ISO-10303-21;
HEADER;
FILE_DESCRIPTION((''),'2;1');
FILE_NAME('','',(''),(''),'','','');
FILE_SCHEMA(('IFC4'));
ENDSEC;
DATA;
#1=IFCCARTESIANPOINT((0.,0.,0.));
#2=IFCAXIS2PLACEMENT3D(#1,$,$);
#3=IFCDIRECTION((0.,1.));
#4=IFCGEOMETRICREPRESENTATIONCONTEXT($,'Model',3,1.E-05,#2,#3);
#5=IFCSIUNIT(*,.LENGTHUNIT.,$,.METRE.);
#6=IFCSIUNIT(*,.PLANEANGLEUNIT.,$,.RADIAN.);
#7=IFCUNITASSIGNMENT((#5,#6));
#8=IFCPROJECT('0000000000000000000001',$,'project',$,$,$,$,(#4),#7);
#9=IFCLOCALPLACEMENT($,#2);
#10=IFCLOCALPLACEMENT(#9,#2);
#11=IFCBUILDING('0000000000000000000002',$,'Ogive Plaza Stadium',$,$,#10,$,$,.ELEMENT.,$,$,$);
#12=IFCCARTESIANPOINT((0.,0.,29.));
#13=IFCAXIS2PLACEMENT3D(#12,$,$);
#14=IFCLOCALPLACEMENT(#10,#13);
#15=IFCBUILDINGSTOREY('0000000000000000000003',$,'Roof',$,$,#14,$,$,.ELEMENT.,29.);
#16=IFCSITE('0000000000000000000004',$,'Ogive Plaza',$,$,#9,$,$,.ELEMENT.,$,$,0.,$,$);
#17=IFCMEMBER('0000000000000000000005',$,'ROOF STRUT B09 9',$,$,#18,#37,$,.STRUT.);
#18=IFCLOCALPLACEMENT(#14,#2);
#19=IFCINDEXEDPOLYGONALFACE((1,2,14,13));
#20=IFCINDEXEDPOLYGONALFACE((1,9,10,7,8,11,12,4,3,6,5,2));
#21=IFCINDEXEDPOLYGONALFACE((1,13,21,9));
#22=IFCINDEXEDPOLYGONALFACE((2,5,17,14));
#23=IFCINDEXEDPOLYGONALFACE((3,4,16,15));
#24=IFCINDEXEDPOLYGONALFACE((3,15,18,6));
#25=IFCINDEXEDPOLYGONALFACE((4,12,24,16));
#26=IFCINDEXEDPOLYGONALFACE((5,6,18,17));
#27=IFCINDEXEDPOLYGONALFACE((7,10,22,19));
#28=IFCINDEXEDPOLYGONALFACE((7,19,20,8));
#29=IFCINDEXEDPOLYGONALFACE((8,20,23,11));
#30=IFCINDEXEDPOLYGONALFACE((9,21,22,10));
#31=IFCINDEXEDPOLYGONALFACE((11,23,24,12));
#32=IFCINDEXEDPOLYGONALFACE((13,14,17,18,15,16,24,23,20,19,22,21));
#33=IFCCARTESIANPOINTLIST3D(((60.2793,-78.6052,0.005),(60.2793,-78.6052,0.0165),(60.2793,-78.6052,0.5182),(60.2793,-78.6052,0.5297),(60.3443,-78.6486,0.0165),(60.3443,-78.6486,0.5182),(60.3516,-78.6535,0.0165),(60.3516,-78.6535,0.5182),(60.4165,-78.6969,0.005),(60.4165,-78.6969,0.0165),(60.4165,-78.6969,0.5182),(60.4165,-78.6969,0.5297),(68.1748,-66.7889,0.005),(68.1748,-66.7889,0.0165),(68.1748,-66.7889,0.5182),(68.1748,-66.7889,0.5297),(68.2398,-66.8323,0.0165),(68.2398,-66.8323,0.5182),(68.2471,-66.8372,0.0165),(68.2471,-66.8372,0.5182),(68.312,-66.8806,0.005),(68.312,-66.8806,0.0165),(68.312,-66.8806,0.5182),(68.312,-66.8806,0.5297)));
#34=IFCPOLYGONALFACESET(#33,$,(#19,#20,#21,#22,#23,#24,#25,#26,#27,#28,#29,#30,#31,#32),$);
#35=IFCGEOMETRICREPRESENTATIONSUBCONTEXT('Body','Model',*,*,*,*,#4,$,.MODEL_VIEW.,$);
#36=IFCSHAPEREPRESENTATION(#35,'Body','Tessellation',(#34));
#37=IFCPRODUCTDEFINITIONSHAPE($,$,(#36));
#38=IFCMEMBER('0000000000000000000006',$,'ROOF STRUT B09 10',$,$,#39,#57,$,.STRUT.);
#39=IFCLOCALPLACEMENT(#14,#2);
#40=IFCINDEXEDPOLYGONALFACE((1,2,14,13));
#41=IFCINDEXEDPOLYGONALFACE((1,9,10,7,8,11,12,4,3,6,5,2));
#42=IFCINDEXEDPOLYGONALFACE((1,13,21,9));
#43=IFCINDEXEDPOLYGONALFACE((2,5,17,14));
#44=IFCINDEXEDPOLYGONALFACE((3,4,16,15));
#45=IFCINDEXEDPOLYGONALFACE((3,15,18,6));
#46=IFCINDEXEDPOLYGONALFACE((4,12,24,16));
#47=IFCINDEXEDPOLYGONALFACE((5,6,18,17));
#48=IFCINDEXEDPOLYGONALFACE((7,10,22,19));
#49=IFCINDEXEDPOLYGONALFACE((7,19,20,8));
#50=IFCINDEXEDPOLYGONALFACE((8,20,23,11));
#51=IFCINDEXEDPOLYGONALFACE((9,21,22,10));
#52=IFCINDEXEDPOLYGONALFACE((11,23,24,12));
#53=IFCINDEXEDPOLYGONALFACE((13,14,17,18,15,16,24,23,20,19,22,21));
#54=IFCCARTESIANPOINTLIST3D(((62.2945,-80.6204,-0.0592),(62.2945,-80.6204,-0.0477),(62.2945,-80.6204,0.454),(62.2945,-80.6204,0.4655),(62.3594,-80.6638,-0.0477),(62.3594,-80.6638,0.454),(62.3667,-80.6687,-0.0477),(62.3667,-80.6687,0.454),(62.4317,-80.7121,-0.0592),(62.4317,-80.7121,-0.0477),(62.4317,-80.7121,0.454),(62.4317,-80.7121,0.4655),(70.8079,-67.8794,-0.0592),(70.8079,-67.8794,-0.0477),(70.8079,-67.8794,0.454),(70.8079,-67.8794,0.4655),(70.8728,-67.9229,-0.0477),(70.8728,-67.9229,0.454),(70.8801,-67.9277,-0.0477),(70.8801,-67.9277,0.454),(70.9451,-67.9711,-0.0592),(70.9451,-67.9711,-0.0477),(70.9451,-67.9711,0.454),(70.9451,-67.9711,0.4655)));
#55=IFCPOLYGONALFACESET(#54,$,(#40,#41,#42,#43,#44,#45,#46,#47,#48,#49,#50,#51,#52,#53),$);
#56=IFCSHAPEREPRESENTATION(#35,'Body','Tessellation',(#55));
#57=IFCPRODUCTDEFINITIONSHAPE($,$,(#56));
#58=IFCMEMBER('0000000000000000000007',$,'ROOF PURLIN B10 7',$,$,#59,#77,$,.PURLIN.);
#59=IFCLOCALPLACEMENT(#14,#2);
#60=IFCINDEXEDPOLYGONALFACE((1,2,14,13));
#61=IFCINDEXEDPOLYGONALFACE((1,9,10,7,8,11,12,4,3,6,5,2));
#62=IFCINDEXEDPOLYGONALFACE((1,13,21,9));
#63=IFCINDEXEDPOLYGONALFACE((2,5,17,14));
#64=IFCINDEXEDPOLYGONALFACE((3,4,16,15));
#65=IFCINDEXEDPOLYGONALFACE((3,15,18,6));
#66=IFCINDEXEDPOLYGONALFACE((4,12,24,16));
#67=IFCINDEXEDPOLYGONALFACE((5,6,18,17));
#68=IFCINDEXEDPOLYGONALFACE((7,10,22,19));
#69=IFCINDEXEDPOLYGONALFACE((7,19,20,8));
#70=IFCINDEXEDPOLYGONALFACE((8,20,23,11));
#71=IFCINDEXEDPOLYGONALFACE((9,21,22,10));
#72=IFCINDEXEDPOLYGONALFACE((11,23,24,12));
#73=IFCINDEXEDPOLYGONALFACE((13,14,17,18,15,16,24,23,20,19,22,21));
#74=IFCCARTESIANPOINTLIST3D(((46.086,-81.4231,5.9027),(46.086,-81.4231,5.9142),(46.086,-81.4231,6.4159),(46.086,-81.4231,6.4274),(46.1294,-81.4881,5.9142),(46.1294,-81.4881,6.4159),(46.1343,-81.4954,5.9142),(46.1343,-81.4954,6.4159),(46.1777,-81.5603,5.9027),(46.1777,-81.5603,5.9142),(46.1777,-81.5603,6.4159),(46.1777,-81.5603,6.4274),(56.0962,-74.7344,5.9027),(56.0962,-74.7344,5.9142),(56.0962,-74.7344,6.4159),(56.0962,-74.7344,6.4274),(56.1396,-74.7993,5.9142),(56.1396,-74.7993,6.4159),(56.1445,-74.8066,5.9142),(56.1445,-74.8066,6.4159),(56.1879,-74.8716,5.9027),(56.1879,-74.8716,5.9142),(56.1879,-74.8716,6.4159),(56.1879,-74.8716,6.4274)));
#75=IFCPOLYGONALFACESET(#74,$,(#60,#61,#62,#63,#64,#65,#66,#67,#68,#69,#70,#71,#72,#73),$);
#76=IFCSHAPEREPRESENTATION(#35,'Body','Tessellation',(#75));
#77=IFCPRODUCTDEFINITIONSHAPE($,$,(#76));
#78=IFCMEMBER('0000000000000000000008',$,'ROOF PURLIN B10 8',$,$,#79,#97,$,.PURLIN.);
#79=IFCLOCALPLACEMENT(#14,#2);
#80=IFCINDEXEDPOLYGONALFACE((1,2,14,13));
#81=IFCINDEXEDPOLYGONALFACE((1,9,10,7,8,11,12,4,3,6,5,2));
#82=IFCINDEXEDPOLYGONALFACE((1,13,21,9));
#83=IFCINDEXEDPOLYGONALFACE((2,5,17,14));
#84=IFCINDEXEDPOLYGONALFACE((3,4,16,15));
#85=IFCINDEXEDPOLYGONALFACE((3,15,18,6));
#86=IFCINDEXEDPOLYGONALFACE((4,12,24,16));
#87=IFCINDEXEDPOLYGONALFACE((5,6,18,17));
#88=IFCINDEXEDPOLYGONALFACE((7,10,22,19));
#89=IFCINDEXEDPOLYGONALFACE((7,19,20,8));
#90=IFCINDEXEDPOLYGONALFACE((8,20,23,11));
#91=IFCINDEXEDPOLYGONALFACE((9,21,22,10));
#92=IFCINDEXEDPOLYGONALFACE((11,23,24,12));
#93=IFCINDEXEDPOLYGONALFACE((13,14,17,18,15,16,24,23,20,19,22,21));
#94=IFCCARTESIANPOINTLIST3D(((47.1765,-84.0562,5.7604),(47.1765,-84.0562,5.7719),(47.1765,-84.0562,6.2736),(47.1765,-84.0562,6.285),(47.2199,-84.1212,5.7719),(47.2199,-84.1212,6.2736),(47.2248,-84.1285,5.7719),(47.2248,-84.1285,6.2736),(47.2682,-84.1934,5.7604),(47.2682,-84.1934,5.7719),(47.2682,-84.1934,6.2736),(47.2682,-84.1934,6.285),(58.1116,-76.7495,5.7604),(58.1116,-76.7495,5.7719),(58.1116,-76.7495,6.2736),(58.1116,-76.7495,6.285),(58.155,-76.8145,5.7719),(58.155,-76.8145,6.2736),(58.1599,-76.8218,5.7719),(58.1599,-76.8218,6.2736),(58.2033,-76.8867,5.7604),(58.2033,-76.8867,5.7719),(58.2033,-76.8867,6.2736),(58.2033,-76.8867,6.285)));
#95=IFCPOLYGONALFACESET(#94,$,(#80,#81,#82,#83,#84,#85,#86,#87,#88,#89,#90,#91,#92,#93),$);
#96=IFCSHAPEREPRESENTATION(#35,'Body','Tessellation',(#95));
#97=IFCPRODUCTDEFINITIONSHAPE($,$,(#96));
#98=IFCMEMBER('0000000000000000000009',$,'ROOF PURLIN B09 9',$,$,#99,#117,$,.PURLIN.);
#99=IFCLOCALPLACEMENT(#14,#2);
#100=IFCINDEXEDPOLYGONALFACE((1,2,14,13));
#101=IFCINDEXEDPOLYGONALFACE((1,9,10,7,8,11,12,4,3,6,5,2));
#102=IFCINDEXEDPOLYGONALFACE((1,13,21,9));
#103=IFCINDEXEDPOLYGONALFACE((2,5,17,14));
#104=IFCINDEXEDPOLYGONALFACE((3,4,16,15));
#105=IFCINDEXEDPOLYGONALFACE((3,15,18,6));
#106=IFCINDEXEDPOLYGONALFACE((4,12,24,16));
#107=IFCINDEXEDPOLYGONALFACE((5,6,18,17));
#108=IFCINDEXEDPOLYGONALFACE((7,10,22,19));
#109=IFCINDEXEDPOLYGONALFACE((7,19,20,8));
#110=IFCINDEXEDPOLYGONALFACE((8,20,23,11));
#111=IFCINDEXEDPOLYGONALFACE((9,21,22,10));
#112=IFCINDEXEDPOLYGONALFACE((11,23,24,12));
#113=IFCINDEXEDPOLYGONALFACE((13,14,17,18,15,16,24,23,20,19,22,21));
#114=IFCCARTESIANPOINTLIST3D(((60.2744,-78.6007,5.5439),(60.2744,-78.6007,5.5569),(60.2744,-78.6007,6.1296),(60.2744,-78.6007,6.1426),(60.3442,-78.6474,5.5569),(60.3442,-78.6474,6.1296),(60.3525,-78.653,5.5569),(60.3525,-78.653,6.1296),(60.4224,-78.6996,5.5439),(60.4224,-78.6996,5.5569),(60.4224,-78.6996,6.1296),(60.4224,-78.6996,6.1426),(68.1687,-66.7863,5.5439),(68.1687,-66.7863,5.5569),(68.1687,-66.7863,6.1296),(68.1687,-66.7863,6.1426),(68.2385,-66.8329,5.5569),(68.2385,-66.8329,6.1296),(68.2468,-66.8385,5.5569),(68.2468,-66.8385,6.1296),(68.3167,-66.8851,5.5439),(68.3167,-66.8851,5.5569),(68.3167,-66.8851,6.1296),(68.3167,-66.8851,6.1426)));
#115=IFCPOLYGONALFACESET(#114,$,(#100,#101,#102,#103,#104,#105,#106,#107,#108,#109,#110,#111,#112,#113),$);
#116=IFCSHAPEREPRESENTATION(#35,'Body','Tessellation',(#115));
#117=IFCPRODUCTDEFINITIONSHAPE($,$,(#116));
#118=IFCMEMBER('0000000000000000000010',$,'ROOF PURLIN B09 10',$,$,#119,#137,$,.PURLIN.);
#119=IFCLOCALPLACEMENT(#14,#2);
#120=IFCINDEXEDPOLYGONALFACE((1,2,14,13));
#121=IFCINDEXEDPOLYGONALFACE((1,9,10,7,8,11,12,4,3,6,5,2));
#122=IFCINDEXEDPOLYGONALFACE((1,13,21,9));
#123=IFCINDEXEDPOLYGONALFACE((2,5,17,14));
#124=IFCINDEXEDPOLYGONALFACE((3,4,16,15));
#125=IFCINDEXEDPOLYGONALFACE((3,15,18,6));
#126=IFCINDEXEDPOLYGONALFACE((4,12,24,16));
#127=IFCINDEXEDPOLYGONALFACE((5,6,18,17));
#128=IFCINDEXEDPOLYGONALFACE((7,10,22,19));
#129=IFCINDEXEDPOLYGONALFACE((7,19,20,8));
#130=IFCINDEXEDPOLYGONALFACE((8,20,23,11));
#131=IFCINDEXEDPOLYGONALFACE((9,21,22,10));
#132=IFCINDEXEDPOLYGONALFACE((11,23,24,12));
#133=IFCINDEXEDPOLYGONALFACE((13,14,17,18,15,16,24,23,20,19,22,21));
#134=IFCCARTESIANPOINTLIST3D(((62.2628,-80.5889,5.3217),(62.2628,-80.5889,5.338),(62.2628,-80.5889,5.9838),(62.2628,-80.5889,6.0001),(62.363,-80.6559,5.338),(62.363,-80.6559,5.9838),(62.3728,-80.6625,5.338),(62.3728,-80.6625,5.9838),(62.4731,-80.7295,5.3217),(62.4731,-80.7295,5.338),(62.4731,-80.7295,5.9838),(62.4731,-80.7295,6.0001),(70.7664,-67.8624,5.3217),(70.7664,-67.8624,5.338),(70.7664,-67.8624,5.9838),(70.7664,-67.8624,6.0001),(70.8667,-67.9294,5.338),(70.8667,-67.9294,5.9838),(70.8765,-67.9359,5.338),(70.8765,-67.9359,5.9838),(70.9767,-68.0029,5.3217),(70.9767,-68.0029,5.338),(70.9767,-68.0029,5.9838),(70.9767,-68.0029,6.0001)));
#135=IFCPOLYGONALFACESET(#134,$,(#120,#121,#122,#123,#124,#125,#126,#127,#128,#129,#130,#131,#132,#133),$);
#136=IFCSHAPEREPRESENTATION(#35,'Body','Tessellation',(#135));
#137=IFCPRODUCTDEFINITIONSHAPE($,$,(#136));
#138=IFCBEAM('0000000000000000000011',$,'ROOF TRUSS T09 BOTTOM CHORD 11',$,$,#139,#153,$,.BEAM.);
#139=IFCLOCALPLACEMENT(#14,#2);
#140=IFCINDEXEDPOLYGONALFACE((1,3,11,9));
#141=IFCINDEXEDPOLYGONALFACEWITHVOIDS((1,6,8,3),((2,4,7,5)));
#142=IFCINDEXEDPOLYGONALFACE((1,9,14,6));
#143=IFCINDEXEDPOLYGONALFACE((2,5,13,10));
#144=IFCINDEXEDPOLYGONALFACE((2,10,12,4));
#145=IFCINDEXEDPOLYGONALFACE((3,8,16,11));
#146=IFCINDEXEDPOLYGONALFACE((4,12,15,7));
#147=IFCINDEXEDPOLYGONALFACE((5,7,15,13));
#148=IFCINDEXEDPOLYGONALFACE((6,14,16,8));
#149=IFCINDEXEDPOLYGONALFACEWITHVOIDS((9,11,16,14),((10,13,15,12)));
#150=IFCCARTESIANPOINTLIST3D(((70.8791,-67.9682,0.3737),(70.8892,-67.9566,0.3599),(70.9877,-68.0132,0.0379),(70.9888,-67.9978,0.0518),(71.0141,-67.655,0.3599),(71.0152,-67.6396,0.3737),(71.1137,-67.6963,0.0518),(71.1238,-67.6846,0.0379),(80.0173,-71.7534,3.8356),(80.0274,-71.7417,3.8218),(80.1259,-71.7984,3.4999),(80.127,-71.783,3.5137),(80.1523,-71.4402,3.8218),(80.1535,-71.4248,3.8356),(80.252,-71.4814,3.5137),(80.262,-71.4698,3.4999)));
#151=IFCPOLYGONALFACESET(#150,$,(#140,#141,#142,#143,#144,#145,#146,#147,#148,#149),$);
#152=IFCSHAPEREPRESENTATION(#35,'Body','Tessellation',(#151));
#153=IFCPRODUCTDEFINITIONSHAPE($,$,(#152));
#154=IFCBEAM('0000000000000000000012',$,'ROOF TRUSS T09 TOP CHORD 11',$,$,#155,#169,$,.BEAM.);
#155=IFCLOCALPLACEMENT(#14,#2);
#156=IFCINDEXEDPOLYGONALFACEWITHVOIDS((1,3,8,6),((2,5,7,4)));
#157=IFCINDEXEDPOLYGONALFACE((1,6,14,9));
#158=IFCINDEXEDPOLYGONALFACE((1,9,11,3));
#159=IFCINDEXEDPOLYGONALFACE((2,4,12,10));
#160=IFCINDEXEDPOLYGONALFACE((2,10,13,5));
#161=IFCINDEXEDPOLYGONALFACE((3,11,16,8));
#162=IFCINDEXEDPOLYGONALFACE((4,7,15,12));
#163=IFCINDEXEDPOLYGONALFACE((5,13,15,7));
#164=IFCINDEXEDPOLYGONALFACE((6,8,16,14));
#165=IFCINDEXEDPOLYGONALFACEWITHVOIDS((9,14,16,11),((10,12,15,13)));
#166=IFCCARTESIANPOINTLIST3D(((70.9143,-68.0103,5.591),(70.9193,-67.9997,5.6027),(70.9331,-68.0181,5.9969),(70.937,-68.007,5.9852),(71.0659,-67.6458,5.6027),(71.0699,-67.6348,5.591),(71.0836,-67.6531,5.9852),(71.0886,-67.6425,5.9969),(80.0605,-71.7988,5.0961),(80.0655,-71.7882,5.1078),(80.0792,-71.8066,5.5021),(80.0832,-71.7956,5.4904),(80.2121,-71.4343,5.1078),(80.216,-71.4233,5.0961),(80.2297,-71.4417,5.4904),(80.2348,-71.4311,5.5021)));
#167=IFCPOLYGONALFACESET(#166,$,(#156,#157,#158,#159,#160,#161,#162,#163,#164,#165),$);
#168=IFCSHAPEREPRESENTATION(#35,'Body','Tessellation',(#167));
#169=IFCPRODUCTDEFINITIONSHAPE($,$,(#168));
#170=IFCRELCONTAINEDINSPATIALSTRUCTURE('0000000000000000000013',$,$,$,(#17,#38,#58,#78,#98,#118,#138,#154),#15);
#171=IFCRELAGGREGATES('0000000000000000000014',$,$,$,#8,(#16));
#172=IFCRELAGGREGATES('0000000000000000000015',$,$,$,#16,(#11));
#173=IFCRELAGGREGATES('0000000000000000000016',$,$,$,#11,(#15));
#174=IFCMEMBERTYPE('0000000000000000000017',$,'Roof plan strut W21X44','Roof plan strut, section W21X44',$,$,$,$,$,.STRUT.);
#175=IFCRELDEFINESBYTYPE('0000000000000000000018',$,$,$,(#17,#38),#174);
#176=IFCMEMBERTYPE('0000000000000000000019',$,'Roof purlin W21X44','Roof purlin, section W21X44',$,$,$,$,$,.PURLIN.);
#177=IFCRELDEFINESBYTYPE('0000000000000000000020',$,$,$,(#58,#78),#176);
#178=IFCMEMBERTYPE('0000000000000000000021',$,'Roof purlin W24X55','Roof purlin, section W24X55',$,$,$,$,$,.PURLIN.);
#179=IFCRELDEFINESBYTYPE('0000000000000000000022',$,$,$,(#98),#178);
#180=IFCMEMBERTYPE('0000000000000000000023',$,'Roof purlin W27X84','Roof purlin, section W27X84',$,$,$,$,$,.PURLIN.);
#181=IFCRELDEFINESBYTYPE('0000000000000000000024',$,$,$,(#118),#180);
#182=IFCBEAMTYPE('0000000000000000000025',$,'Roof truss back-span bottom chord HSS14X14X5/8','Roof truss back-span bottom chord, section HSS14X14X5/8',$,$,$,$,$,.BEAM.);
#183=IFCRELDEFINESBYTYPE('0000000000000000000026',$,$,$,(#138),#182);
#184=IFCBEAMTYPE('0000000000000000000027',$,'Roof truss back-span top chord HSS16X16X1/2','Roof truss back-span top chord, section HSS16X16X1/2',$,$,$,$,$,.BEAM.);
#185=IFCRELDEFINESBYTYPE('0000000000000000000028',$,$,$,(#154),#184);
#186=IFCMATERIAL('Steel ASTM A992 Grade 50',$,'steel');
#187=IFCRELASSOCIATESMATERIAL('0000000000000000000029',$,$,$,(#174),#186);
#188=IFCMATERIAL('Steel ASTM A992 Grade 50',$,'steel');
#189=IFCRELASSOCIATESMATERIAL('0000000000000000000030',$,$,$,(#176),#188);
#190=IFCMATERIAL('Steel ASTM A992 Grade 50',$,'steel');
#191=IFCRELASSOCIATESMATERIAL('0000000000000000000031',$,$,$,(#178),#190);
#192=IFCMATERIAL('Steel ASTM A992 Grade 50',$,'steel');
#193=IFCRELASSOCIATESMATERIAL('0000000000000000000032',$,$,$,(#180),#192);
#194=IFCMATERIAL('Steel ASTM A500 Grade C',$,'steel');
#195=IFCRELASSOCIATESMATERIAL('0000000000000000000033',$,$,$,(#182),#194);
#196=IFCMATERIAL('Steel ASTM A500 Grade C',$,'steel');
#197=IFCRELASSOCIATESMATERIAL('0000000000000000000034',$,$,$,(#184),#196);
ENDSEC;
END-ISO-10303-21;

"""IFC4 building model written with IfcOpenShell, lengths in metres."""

from ifc_helpers import new_model, si_unit, direction, frame, origin, origin_2d, place, context, subcontext, project, spatial, hollow_rectangle, i_section, extrude, material, material_profile, profile_set, type_object, element, save


model = new_model("IFC4")

# Units and contexts
model_context = context("Model", 3, precision=1e-05, world=origin(), true_north=direction((0.0, 1.0)))
body_context = subcontext(model_context, "Body", "Model", "MODEL_VIEW")
ifc_project = project(units=[si_unit("LENGTHUNIT", "METRE"), si_unit("PLANEANGLEUNIT", "RADIAN")], contexts=[model_context])

# Site, building, storey
site_placement = place(None, origin())
site = spatial("IfcSite", under=ifc_project, at=site_placement, Name="Ogive Plaza", CompositionType="ELEMENT", RefElevation=0.0)
building_placement = place(site_placement, origin())
building = spatial("IfcBuilding", under=site, at=building_placement, Name="Ogive Plaza Stadium", CompositionType="ELEMENT")
storey_placement = place(building_placement, frame((0.0, 0.0, 29.0)))
storey = spatial("IfcBuildingStorey", under=building, at=storey_placement, Name="Roof", CompositionType="ELEMENT", Elevation=29.0)

# Members
ifc_material_1 = material(Name="Steel ASTM A992 Grade 50", Category="steel")
ifc_material_profile_1 = material_profile(ifc_material_1, i_section(OverallWidth=0.165, OverallDepth=0.5247, WebThickness=0.0088, FlangeThickness=0.0115, at=origin_2d()), Name="W21X44")
ifc_profile_set_1 = profile_set([ifc_material_profile_1], Name="Steel ASTM A992 Grade 50")
member_type_1 = type_object("IfcMemberType", Name="Roof plan strut W21X44", Description="Roof plan strut, section W21X44", PredefinedType="STRUT", material=ifc_profile_set_1)
member_1_placement = place(storey_placement, frame((68.2434, -66.8347, 0.2673), z_axis=(-0.555572, -0.831468, 0.0), x_axis=(0.831468, -0.555572, 0.0)))
element("IfcMember", 1, at=member_1_placement, inside=storey, type_object=member_type_1, Name="ROOF STRUT B09 9", PredefinedType="STRUT", context=body_context, shape_type="SweptSolid", body=[
    extrude(i_section(OverallWidth=0.165, OverallDepth=0.5247, WebThickness=0.0088, FlangeThickness=0.0115, at=origin_2d()), origin(), (0.0, 0.0, 1.0), 14.2114),
])
member_2_placement = place(storey_placement, frame((70.8765, -67.9253, 0.2031), z_axis=(-0.555579, -0.831464, 0.0), x_axis=(0.831464, -0.555579, 0.0)))
element("IfcMember", 2, at=member_2_placement, inside=storey, type_object=member_type_1, Name="ROOF STRUT B09 10", PredefinedType="STRUT", context=body_context, shape_type="SweptSolid", body=[
    extrude(i_section(OverallWidth=0.165, OverallDepth=0.5247, WebThickness=0.0088, FlangeThickness=0.0115, at=origin_2d()), origin(), (0.0, 0.0, 1.0), 15.3235),
])
ifc_material_2 = material(Name="Steel ASTM A992 Grade 50", Category="steel")
ifc_material_profile_2 = material_profile(ifc_material_2, i_section(OverallWidth=0.165, OverallDepth=0.5247, WebThickness=0.0088, FlangeThickness=0.0115, at=origin_2d()), Name="W21X44")
ifc_profile_set_2 = profile_set([ifc_material_profile_2], Name="Steel ASTM A992 Grade 50")
member_type_2 = type_object("IfcMemberType", Name="Roof purlin W21X44", Description="Roof purlin, section W21X44", PredefinedType="PURLIN", material=ifc_profile_set_2)
member_3_placement = place(storey_placement, frame((56.1421, -74.803, 6.165), z_axis=(-0.831466, -0.555575, 0.0), x_axis=(0.555575, -0.831466, 0.0)))
element("IfcMember", 3, at=member_3_placement, inside=storey, type_object=member_type_2, Name="ROOF PURLIN B10 7", PredefinedType="PURLIN", context=body_context, shape_type="SweptSolid", body=[
    extrude(i_section(OverallWidth=0.165, OverallDepth=0.5247, WebThickness=0.0088, FlangeThickness=0.0115, at=origin_2d()), origin(), (0.0, 0.0, 1.0), 12.0393),
])
member_4_placement = place(storey_placement, frame((58.1575, -76.8181, 6.0227), z_axis=(-0.831467, -0.555574, 0.0), x_axis=(0.555574, -0.831467, 0.0)))
element("IfcMember", 4, at=member_4_placement, inside=storey, type_object=member_type_2, Name="ROOF PURLIN B10 8", PredefinedType="PURLIN", context=body_context, shape_type="SweptSolid", body=[
    extrude(i_section(OverallWidth=0.165, OverallDepth=0.5247, WebThickness=0.0088, FlangeThickness=0.0115, at=origin_2d()), origin(), (0.0, 0.0, 1.0), 13.1516),
])
ifc_material_3 = material(Name="Steel ASTM A992 Grade 50", Category="steel")
ifc_material_profile_3 = material_profile(ifc_material_3, i_section(OverallWidth=0.178, OverallDepth=0.5986, WebThickness=0.01, FlangeThickness=0.0129, at=origin_2d()), Name="W24X55")
ifc_profile_set_3 = profile_set([ifc_material_profile_3], Name="Steel ASTM A992 Grade 50")
member_type_3 = type_object("IfcMemberType", Name="Roof purlin W24X55", Description="Roof purlin, section W24X55", PredefinedType="PURLIN", material=ifc_profile_set_3)
member_5_placement = place(storey_placement, frame((68.2427, -66.8357, 5.8433), z_axis=(-0.555576, -0.831466, 0.0), x_axis=(0.831466, -0.555576, 0.0)))
element("IfcMember", 5, at=member_5_placement, inside=storey, type_object=member_type_3, Name="ROOF PURLIN B09 9", PredefinedType="PURLIN", context=body_context, shape_type="SweptSolid", body=[
    extrude(i_section(OverallWidth=0.178, OverallDepth=0.5986, WebThickness=0.01, FlangeThickness=0.0129, at=origin_2d()), origin(), (0.0, 0.0, 1.0), 14.2092),
])
ifc_material_4 = material(Name="Steel ASTM A992 Grade 50", Category="steel")
ifc_material_profile_4 = material_profile(ifc_material_4, i_section(OverallWidth=0.2529, OverallDepth=0.6785, WebThickness=0.0117, FlangeThickness=0.0164, at=origin_2d()), Name="W27X84")
ifc_profile_set_4 = profile_set([ifc_material_profile_4], Name="Steel ASTM A992 Grade 50")
member_type_4 = type_object("IfcMemberType", Name="Roof purlin W27X84", Description="Roof purlin, section W27X84", PredefinedType="PURLIN", material=ifc_profile_set_4)
member_6_placement = place(storey_placement, frame((70.8716, -67.9326, 5.6609), z_axis=(-0.555572, -0.831468, 0.0), x_axis=(0.831468, -0.555572, 0.0)))
element("IfcMember", 6, at=member_6_placement, inside=storey, type_object=member_type_4, Name="ROOF PURLIN B09 10", PredefinedType="PURLIN", context=body_context, shape_type="SweptSolid", body=[
    extrude(i_section(OverallWidth=0.2529, OverallDepth=0.6785, WebThickness=0.0117, FlangeThickness=0.0164, at=origin_2d()), origin(), (0.0, 0.0, 1.0), 15.3062),
])

# Beams
ifc_material_5 = material(Name="Steel ASTM A500 Grade C", Category="steel")
ifc_material_profile_5 = material_profile(ifc_material_5, hollow_rectangle(XDim=0.3557, YDim=0.3557, WallThickness=0.0146, at=origin_2d()), Name="HSS14X14X5/8")
ifc_profile_set_5 = profile_set([ifc_material_profile_5], Name="Steel ASTM A500 Grade C")
beam_type_1 = type_object("IfcBeamType", Name="Roof truss back-span bottom chord HSS14X14X5/8", Description="Roof truss back-span bottom chord, section HSS14X14X5/8", PredefinedType="BEAM", material=ifc_profile_set_5)
beam_1_placement = place(storey_placement, frame((71.0015, -67.8264, 0.2058), z_axis=(0.872011, -0.361198, 0.330353), x_axis=(0.382683, 0.92388, 0.0)))
element("IfcBeam", 7, at=beam_1_placement, inside=storey, type_object=beam_type_1, Name="ROOF TRUSS T09 BOTTOM CHORD 11", PredefinedType="BEAM", context=body_context, shape_type="SweptSolid", body=[
    extrude(hollow_rectangle(XDim=0.3557, YDim=0.3557, WallThickness=0.0146, at=origin_2d()), origin(), (0.0, 0.0, 1.0), 10.4795),
])
ifc_material_6 = material(Name="Steel ASTM A500 Grade C", Category="steel")
ifc_material_profile_6 = material_profile(ifc_material_6, hollow_rectangle(XDim=0.4065, YDim=0.4065, WallThickness=0.0117, at=origin_2d()), Name="HSS16X16X1/2")
ifc_profile_set_6 = profile_set([ifc_material_profile_6], Name="Steel ASTM A500 Grade C")
beam_type_2 = type_object("IfcBeamType", Name="Roof truss back-span top chord HSS16X16X1/2", Description="Roof truss back-span top chord, section HSS16X16X1/2", PredefinedType="BEAM", material=ifc_profile_set_6)
beam_2_placement = place(storey_placement, frame((71.0015, -67.8264, 5.7939), z_axis=(0.922725, -0.382213, -0.049926), x_axis=(0.38269, 0.923877, 0.0)))
element("IfcBeam", 8, at=beam_2_placement, inside=storey, type_object=beam_type_2, Name="ROOF TRUSS T09 TOP CHORD 11", PredefinedType="BEAM", context=body_context, shape_type="SweptSolid", body=[
    extrude(hollow_rectangle(XDim=0.4065, YDim=0.4065, WallThickness=0.0117, at=origin_2d()), origin(), (0.0, 0.0, 1.0), 9.9121),
])

save(model, "model.ifc")
